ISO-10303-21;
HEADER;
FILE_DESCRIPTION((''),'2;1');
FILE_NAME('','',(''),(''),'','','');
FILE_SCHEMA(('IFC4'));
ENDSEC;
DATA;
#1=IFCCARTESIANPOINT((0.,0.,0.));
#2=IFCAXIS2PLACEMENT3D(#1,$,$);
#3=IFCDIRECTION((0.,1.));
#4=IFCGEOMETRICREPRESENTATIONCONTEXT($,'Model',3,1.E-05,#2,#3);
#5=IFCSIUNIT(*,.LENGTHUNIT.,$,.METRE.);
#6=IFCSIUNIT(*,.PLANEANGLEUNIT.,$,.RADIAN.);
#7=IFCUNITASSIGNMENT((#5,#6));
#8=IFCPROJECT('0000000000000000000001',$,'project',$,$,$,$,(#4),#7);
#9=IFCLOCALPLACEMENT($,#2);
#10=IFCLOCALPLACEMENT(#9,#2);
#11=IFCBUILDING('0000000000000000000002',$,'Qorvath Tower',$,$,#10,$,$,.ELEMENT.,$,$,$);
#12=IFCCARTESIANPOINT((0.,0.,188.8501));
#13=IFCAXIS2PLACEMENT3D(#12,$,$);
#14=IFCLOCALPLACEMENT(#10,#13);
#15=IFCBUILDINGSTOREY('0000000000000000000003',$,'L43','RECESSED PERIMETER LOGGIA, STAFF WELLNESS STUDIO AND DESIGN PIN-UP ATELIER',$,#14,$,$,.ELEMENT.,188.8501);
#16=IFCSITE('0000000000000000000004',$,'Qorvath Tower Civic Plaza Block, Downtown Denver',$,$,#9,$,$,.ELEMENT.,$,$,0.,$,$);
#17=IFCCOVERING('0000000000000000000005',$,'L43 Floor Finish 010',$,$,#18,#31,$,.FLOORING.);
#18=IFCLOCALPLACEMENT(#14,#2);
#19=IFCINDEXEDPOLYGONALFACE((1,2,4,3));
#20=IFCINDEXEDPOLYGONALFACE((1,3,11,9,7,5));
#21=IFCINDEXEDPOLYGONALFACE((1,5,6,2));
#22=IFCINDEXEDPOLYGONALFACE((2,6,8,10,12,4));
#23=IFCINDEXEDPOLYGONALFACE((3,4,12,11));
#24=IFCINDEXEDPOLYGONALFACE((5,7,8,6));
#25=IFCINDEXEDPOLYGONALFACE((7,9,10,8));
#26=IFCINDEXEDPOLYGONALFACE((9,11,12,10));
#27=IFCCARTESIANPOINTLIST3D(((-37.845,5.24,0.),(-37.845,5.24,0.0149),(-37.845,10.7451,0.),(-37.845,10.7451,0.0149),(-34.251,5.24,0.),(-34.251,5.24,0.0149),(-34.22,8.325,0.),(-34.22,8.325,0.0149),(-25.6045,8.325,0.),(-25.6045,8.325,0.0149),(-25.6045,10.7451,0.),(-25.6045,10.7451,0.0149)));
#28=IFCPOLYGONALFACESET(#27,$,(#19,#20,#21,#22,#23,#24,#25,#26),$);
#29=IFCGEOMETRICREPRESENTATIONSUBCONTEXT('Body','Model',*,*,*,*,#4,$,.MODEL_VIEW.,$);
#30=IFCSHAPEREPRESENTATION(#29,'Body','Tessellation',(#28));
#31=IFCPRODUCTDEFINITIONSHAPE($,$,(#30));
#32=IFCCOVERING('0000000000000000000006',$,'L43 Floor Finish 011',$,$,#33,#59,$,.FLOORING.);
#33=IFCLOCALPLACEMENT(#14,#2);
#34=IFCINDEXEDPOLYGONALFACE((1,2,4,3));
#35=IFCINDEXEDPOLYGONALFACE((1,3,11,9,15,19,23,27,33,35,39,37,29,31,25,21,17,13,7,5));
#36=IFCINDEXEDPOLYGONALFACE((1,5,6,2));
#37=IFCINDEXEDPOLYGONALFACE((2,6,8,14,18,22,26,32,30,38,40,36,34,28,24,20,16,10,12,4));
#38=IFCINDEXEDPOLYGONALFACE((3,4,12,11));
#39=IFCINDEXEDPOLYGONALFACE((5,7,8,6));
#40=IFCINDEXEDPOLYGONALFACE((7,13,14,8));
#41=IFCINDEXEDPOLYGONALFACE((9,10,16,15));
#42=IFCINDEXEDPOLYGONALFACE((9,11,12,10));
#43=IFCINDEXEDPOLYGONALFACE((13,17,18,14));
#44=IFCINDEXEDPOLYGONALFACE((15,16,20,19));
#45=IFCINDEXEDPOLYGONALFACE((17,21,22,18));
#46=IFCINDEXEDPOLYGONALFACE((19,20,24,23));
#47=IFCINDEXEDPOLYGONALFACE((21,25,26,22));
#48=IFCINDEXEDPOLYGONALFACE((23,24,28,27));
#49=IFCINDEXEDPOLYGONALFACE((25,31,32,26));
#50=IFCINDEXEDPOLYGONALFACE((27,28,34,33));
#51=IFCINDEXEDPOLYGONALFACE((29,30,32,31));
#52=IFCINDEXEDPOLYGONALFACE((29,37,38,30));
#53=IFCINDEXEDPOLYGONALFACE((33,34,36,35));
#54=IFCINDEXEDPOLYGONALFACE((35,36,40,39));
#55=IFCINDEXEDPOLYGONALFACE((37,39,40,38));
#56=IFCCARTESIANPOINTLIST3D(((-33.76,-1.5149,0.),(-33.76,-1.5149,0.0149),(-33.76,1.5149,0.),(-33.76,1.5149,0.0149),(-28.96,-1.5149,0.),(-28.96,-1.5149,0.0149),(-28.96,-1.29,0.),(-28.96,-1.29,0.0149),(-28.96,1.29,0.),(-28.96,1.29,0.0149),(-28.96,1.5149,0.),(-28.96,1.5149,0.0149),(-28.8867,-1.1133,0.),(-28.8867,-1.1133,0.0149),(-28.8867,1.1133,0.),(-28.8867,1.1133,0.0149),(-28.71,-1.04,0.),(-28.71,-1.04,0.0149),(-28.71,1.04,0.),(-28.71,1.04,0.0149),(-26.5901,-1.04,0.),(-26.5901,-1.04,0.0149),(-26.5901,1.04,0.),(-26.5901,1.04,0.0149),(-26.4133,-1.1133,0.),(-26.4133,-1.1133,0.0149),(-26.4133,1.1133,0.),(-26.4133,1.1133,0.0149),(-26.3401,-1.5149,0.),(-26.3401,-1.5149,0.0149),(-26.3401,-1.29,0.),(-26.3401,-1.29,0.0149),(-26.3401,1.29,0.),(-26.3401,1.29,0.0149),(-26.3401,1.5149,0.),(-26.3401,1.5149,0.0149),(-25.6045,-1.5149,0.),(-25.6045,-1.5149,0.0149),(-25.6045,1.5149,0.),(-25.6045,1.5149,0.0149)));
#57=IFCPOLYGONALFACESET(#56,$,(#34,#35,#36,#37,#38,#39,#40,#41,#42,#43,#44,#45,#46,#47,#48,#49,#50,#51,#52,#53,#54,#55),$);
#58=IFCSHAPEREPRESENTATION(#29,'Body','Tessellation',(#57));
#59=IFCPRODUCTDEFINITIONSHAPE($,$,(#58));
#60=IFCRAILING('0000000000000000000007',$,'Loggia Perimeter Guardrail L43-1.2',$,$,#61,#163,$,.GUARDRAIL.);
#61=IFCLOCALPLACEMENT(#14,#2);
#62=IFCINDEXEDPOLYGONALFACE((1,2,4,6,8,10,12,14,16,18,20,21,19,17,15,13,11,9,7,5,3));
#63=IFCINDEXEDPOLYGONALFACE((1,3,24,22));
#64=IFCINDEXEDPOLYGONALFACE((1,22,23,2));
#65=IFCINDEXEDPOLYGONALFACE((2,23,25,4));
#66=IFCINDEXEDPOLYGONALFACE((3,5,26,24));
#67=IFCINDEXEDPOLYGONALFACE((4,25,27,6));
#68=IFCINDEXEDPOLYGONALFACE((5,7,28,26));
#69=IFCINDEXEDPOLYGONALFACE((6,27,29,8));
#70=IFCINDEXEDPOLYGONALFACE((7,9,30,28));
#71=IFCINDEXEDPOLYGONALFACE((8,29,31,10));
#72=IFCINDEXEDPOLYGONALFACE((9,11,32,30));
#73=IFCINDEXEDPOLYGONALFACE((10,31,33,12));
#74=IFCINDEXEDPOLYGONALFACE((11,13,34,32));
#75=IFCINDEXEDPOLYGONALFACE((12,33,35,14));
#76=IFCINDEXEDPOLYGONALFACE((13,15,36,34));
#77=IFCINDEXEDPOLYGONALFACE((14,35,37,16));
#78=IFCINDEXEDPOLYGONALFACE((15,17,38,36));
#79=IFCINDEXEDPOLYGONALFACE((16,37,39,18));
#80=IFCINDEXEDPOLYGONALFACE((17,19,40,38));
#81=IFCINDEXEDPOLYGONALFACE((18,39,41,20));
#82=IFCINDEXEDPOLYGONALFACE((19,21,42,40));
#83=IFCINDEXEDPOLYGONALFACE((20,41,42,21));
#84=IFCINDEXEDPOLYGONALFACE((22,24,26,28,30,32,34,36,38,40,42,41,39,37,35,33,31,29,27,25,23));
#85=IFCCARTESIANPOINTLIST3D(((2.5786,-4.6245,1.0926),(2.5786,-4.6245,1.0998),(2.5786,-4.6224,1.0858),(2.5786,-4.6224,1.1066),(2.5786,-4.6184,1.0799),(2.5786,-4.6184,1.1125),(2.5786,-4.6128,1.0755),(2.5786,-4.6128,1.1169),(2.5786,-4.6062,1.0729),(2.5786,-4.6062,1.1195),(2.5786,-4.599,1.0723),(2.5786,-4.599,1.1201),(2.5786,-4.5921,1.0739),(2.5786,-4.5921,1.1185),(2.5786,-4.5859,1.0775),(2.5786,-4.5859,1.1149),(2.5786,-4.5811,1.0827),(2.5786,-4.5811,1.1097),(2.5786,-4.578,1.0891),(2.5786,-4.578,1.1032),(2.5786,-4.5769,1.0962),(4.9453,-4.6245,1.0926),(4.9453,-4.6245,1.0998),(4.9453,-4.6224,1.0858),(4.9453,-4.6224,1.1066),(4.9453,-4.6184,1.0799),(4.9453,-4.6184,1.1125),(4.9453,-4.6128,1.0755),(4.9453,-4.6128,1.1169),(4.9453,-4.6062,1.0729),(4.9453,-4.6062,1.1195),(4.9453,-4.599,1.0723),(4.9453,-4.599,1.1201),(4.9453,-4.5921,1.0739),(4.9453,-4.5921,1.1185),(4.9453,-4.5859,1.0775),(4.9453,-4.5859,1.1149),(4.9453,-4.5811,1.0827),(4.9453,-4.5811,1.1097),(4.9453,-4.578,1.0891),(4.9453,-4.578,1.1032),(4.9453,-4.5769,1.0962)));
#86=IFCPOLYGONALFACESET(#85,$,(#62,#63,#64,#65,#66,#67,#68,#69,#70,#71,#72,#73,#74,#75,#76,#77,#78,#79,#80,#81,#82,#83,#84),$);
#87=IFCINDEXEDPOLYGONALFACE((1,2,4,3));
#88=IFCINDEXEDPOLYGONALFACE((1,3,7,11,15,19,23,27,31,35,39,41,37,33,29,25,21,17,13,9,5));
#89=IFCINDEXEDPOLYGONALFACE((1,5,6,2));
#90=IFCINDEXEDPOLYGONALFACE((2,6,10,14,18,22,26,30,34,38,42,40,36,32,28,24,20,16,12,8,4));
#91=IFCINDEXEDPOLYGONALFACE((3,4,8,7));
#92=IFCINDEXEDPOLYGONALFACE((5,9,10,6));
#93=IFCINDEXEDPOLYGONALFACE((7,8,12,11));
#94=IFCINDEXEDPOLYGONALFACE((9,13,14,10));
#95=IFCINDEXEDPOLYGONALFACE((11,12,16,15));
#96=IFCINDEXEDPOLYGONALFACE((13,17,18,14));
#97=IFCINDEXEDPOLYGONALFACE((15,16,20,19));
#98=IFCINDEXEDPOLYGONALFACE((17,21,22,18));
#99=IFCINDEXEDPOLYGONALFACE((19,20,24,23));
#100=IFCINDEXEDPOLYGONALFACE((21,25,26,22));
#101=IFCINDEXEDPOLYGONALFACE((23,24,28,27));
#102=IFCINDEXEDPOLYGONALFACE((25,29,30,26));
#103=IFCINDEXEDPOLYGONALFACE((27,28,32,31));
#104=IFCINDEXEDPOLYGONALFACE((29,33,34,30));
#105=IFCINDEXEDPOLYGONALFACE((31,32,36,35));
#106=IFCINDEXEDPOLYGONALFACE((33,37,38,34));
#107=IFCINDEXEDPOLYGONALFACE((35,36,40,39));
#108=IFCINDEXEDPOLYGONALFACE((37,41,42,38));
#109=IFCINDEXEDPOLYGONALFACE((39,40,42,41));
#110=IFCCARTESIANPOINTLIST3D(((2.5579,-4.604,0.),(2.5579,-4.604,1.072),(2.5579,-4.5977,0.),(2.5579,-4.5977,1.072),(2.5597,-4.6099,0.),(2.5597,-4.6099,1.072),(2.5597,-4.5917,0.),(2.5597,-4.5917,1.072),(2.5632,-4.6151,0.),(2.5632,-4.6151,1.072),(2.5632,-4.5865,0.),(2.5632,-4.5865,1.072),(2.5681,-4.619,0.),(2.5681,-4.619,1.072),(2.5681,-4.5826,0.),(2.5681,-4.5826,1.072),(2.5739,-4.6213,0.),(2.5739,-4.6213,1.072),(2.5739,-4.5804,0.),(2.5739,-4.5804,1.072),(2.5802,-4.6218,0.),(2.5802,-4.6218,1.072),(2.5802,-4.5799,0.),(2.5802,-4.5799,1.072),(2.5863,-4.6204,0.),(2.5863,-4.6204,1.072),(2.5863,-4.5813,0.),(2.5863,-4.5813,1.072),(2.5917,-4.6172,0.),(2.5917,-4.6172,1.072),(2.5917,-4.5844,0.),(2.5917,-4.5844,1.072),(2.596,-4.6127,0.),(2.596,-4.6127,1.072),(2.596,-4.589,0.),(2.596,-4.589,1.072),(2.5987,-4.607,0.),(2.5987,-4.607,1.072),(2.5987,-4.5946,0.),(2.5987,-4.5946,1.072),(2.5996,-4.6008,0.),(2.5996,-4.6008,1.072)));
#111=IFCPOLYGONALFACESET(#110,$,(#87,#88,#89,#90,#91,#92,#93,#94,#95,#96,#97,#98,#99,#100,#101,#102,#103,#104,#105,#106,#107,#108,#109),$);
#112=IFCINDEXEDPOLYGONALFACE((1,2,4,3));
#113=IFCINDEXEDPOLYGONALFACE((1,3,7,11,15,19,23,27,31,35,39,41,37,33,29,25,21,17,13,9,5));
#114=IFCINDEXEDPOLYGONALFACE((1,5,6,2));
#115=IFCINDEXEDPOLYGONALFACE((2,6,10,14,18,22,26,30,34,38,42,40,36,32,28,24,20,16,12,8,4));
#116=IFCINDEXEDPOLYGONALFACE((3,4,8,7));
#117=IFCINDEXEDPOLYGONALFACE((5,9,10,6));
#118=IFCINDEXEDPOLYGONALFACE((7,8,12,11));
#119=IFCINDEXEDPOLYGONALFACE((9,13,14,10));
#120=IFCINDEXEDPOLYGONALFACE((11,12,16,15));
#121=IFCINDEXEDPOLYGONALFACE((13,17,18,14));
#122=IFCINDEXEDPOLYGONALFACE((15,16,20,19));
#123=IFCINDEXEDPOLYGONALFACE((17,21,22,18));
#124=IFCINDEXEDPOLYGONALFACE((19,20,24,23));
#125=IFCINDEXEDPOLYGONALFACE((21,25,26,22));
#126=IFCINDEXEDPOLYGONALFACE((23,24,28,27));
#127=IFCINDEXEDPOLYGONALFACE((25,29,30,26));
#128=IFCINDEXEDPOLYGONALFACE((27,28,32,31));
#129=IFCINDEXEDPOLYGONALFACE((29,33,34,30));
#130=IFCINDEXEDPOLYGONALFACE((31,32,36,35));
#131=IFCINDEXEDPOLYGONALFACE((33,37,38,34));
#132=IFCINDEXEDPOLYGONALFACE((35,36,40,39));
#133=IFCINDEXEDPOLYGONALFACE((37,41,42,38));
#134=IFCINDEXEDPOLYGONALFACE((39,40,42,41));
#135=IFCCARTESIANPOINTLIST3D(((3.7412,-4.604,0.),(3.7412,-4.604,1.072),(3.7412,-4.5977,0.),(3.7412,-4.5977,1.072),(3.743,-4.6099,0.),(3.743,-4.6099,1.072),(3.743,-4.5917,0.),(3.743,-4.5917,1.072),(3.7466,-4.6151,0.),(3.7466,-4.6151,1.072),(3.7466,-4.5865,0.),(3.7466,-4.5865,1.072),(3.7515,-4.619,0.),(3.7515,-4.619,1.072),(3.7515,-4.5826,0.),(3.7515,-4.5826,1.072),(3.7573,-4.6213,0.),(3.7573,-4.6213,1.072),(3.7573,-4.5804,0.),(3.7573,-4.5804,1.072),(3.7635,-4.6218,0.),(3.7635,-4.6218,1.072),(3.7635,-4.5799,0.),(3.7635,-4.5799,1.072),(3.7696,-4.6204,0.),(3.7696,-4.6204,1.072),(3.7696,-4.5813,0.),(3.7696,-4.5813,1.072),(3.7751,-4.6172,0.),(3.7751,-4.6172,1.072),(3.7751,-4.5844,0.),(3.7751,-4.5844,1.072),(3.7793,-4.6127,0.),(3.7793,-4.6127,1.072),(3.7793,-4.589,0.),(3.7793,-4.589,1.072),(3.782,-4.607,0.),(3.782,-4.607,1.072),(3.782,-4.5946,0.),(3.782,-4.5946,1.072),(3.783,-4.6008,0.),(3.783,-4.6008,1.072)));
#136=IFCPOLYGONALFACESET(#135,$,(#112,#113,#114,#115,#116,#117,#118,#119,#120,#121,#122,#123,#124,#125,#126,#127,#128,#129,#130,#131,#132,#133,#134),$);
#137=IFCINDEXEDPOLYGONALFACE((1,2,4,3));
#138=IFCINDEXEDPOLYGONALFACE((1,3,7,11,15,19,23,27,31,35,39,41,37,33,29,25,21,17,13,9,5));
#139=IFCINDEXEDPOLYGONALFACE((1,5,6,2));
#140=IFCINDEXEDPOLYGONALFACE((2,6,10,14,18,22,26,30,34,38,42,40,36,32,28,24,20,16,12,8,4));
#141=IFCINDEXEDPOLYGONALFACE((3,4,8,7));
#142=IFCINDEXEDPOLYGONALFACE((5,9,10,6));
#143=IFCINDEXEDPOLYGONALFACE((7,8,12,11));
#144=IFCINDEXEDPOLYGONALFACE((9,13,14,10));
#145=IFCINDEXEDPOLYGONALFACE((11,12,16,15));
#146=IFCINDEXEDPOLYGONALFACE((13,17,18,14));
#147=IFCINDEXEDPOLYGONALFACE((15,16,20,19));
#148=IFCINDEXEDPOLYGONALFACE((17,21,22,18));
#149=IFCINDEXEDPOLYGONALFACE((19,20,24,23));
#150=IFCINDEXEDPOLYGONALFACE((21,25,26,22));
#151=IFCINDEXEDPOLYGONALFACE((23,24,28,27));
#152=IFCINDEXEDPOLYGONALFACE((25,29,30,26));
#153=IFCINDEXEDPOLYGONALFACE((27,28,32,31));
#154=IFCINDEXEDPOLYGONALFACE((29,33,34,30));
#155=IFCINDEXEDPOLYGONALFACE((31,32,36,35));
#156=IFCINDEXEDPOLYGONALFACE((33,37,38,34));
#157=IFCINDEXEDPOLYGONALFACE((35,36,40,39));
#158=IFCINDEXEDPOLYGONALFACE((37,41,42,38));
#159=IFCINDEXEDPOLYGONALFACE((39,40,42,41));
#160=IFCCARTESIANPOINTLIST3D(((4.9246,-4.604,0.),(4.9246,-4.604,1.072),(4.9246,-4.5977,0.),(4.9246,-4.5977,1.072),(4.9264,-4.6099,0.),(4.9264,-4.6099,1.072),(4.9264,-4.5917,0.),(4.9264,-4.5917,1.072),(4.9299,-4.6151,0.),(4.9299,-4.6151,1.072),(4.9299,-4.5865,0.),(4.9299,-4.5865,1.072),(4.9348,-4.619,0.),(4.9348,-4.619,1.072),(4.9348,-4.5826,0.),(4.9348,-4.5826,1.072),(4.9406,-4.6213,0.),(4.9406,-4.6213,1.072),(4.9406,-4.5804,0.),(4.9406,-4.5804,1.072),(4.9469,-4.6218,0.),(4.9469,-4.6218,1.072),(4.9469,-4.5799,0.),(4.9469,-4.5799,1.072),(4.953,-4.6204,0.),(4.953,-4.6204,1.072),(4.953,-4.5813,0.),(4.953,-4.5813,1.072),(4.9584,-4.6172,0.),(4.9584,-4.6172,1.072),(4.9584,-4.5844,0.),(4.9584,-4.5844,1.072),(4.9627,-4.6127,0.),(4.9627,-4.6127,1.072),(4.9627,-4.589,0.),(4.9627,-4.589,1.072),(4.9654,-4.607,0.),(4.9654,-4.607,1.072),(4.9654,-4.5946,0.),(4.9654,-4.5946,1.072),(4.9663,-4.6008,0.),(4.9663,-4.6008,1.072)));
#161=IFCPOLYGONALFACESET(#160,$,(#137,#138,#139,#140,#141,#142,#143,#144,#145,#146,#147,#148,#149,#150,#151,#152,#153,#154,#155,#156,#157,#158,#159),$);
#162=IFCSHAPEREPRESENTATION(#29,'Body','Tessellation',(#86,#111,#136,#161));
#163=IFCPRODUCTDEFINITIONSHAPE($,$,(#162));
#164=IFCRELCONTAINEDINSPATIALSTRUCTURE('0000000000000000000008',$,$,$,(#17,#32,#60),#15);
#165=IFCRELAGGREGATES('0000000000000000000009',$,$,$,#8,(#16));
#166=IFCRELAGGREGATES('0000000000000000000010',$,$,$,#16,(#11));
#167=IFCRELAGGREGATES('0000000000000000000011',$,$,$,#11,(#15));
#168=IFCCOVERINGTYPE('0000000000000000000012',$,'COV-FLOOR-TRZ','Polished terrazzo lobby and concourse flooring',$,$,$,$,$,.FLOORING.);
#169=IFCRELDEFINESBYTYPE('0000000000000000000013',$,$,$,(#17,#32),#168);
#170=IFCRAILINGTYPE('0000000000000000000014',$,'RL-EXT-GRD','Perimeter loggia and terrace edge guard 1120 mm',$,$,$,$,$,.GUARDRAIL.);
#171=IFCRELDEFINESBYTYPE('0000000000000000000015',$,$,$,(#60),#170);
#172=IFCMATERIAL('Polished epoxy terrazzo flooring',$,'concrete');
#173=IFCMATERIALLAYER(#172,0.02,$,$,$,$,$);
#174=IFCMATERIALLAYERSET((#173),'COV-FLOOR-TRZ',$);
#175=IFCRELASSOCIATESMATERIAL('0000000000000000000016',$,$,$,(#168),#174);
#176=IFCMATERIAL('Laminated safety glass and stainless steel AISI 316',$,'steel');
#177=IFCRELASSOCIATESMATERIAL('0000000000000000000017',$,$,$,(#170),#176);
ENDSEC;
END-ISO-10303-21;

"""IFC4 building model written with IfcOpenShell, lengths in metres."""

from ifc_helpers import new_model, si_unit, direction, frame, origin, origin_2d, place, context, subcontext, project, spatial, polyline, circle, outline, extrude, material, layer, layer_set, type_object, element, save


model = new_model("IFC4")

# Units and contexts
model_context = context("Model", 3, precision=1e-05, world=origin(), true_north=direction((0.0, 1.0)))
body_context = subcontext(model_context, "Body", "Model", "MODEL_VIEW")
ifc_project = project(units=[si_unit("LENGTHUNIT", "METRE"), si_unit("PLANEANGLEUNIT", "RADIAN")], contexts=[model_context])

# Site, building, storey
site_placement = place(None, origin())
site = spatial("IfcSite", under=ifc_project, at=site_placement, Name="Qorvath Tower Civic Plaza Block, Downtown Denver", CompositionType="ELEMENT", RefElevation=0.0)
building_placement = place(site_placement, origin())
building = spatial("IfcBuilding", under=site, at=building_placement, Name="Qorvath Tower", CompositionType="ELEMENT")
storey_placement = place(building_placement, frame((0.0, 0.0, 188.8501)))
storey = spatial("IfcBuildingStorey", under=building, at=storey_placement, Name="L43", Description="RECESSED PERIMETER LOGGIA, STAFF WELLNESS STUDIO AND DESIGN PIN-UP ATELIER", CompositionType="ELEMENT", Elevation=188.8501)

# Coverings
ifc_material_1 = material(Name="Polished epoxy terrazzo flooring", Category="concrete")
ifc_layer_1 = layer(ifc_material_1, 0.02)
ifc_layer_set_1 = layer_set([ifc_layer_1], Name="COV-FLOOR-TRZ")
covering_type_1 = type_object("IfcCoveringType", Name="COV-FLOOR-TRZ", Description="Polished terrazzo lobby and concourse flooring", PredefinedType="FLOORING", material=ifc_layer_set_1)
covering_1_placement = place(storey_placement, origin())
element("IfcCovering", 1, at=covering_1_placement, inside=storey, type_object=covering_type_1, Name="L43 Floor Finish 010", PredefinedType="FLOORING", context=body_context, shape_type="SweptSolid", body=[
    extrude(outline(polyline([(-25.6045, 8.325), (-25.6045, 10.7451), (-37.845, 10.7451), (-37.845, 5.24), (-34.251, 5.24), (-34.22, 8.325), (-25.6045, 8.325)])), origin(), (0.0, 0.0, 1.0), 0.0149),
])
covering_2_placement = place(storey_placement, origin())
element("IfcCovering", 2, at=covering_2_placement, inside=storey, type_object=covering_type_1, Name="L43 Floor Finish 011", PredefinedType="FLOORING", context=body_context, shape_type="SweptSolid", body=[
    extrude(outline(polyline([(-25.6045, -1.5149), (-25.6045, 1.5149), (-26.3401, 1.5149), (-26.3401, 1.29), (-26.4133, 1.1133), (-26.5901, 1.04), (-28.71, 1.04), (-28.8867, 1.1133), (-28.96, 1.29), (-28.96, 1.5149), (-33.76, 1.5149), (-33.76, -1.5149), (-28.96, -1.5149), (-28.96, -1.29), (-28.8867, -1.1133), (-28.71, -1.04), (-26.5901, -1.04), (-26.4133, -1.1133), (-26.3401, -1.29), (-26.3401, -1.5149), (-25.6045, -1.5149)])), origin(), (0.0, 0.0, 1.0), 0.0149),
])

# Railing
ifc_material_2 = material(Name="Laminated safety glass and stainless steel AISI 316", Category="steel")
railing_type = type_object("IfcRailingType", Name="RL-EXT-GRD", Description="Perimeter loggia and terrace edge guard 1120 mm", PredefinedType="GUARDRAIL", material=ifc_material_2)
railing_1_placement = place(storey_placement, frame((2.5786, -4.6008, 0.0)))
element("IfcRailing", 3, at=railing_1_placement, inside=storey, type_object=railing_type, Name="Loggia Perimeter Guardrail L43-1.2", PredefinedType="GUARDRAIL", context=body_context, shape_type="SweptSolid", body=[
    extrude(circle(Radius=0.0239, at=origin_2d()), frame((0.0, 0.0, 1.0962), z_axis=(1.0, 0.0, 0.0), x_axis=(0.0, 1.0, 0.0)), (0.0, 0.0, 1.0), 2.3667),
    extrude(circle(Radius=0.021, at=origin_2d()), origin(), (0.0, 0.0, 1.0), 1.072),
    extrude(circle(Radius=0.021, at=origin_2d()), frame((1.1833, 0.0, 0.0)), (0.0, 0.0, 1.0), 1.072),
    extrude(circle(Radius=0.021, at=origin_2d()), frame((2.3667, 0.0, 0.0)), (0.0, 0.0, 1.0), 1.072),
])

save(model, "model.ifc")
